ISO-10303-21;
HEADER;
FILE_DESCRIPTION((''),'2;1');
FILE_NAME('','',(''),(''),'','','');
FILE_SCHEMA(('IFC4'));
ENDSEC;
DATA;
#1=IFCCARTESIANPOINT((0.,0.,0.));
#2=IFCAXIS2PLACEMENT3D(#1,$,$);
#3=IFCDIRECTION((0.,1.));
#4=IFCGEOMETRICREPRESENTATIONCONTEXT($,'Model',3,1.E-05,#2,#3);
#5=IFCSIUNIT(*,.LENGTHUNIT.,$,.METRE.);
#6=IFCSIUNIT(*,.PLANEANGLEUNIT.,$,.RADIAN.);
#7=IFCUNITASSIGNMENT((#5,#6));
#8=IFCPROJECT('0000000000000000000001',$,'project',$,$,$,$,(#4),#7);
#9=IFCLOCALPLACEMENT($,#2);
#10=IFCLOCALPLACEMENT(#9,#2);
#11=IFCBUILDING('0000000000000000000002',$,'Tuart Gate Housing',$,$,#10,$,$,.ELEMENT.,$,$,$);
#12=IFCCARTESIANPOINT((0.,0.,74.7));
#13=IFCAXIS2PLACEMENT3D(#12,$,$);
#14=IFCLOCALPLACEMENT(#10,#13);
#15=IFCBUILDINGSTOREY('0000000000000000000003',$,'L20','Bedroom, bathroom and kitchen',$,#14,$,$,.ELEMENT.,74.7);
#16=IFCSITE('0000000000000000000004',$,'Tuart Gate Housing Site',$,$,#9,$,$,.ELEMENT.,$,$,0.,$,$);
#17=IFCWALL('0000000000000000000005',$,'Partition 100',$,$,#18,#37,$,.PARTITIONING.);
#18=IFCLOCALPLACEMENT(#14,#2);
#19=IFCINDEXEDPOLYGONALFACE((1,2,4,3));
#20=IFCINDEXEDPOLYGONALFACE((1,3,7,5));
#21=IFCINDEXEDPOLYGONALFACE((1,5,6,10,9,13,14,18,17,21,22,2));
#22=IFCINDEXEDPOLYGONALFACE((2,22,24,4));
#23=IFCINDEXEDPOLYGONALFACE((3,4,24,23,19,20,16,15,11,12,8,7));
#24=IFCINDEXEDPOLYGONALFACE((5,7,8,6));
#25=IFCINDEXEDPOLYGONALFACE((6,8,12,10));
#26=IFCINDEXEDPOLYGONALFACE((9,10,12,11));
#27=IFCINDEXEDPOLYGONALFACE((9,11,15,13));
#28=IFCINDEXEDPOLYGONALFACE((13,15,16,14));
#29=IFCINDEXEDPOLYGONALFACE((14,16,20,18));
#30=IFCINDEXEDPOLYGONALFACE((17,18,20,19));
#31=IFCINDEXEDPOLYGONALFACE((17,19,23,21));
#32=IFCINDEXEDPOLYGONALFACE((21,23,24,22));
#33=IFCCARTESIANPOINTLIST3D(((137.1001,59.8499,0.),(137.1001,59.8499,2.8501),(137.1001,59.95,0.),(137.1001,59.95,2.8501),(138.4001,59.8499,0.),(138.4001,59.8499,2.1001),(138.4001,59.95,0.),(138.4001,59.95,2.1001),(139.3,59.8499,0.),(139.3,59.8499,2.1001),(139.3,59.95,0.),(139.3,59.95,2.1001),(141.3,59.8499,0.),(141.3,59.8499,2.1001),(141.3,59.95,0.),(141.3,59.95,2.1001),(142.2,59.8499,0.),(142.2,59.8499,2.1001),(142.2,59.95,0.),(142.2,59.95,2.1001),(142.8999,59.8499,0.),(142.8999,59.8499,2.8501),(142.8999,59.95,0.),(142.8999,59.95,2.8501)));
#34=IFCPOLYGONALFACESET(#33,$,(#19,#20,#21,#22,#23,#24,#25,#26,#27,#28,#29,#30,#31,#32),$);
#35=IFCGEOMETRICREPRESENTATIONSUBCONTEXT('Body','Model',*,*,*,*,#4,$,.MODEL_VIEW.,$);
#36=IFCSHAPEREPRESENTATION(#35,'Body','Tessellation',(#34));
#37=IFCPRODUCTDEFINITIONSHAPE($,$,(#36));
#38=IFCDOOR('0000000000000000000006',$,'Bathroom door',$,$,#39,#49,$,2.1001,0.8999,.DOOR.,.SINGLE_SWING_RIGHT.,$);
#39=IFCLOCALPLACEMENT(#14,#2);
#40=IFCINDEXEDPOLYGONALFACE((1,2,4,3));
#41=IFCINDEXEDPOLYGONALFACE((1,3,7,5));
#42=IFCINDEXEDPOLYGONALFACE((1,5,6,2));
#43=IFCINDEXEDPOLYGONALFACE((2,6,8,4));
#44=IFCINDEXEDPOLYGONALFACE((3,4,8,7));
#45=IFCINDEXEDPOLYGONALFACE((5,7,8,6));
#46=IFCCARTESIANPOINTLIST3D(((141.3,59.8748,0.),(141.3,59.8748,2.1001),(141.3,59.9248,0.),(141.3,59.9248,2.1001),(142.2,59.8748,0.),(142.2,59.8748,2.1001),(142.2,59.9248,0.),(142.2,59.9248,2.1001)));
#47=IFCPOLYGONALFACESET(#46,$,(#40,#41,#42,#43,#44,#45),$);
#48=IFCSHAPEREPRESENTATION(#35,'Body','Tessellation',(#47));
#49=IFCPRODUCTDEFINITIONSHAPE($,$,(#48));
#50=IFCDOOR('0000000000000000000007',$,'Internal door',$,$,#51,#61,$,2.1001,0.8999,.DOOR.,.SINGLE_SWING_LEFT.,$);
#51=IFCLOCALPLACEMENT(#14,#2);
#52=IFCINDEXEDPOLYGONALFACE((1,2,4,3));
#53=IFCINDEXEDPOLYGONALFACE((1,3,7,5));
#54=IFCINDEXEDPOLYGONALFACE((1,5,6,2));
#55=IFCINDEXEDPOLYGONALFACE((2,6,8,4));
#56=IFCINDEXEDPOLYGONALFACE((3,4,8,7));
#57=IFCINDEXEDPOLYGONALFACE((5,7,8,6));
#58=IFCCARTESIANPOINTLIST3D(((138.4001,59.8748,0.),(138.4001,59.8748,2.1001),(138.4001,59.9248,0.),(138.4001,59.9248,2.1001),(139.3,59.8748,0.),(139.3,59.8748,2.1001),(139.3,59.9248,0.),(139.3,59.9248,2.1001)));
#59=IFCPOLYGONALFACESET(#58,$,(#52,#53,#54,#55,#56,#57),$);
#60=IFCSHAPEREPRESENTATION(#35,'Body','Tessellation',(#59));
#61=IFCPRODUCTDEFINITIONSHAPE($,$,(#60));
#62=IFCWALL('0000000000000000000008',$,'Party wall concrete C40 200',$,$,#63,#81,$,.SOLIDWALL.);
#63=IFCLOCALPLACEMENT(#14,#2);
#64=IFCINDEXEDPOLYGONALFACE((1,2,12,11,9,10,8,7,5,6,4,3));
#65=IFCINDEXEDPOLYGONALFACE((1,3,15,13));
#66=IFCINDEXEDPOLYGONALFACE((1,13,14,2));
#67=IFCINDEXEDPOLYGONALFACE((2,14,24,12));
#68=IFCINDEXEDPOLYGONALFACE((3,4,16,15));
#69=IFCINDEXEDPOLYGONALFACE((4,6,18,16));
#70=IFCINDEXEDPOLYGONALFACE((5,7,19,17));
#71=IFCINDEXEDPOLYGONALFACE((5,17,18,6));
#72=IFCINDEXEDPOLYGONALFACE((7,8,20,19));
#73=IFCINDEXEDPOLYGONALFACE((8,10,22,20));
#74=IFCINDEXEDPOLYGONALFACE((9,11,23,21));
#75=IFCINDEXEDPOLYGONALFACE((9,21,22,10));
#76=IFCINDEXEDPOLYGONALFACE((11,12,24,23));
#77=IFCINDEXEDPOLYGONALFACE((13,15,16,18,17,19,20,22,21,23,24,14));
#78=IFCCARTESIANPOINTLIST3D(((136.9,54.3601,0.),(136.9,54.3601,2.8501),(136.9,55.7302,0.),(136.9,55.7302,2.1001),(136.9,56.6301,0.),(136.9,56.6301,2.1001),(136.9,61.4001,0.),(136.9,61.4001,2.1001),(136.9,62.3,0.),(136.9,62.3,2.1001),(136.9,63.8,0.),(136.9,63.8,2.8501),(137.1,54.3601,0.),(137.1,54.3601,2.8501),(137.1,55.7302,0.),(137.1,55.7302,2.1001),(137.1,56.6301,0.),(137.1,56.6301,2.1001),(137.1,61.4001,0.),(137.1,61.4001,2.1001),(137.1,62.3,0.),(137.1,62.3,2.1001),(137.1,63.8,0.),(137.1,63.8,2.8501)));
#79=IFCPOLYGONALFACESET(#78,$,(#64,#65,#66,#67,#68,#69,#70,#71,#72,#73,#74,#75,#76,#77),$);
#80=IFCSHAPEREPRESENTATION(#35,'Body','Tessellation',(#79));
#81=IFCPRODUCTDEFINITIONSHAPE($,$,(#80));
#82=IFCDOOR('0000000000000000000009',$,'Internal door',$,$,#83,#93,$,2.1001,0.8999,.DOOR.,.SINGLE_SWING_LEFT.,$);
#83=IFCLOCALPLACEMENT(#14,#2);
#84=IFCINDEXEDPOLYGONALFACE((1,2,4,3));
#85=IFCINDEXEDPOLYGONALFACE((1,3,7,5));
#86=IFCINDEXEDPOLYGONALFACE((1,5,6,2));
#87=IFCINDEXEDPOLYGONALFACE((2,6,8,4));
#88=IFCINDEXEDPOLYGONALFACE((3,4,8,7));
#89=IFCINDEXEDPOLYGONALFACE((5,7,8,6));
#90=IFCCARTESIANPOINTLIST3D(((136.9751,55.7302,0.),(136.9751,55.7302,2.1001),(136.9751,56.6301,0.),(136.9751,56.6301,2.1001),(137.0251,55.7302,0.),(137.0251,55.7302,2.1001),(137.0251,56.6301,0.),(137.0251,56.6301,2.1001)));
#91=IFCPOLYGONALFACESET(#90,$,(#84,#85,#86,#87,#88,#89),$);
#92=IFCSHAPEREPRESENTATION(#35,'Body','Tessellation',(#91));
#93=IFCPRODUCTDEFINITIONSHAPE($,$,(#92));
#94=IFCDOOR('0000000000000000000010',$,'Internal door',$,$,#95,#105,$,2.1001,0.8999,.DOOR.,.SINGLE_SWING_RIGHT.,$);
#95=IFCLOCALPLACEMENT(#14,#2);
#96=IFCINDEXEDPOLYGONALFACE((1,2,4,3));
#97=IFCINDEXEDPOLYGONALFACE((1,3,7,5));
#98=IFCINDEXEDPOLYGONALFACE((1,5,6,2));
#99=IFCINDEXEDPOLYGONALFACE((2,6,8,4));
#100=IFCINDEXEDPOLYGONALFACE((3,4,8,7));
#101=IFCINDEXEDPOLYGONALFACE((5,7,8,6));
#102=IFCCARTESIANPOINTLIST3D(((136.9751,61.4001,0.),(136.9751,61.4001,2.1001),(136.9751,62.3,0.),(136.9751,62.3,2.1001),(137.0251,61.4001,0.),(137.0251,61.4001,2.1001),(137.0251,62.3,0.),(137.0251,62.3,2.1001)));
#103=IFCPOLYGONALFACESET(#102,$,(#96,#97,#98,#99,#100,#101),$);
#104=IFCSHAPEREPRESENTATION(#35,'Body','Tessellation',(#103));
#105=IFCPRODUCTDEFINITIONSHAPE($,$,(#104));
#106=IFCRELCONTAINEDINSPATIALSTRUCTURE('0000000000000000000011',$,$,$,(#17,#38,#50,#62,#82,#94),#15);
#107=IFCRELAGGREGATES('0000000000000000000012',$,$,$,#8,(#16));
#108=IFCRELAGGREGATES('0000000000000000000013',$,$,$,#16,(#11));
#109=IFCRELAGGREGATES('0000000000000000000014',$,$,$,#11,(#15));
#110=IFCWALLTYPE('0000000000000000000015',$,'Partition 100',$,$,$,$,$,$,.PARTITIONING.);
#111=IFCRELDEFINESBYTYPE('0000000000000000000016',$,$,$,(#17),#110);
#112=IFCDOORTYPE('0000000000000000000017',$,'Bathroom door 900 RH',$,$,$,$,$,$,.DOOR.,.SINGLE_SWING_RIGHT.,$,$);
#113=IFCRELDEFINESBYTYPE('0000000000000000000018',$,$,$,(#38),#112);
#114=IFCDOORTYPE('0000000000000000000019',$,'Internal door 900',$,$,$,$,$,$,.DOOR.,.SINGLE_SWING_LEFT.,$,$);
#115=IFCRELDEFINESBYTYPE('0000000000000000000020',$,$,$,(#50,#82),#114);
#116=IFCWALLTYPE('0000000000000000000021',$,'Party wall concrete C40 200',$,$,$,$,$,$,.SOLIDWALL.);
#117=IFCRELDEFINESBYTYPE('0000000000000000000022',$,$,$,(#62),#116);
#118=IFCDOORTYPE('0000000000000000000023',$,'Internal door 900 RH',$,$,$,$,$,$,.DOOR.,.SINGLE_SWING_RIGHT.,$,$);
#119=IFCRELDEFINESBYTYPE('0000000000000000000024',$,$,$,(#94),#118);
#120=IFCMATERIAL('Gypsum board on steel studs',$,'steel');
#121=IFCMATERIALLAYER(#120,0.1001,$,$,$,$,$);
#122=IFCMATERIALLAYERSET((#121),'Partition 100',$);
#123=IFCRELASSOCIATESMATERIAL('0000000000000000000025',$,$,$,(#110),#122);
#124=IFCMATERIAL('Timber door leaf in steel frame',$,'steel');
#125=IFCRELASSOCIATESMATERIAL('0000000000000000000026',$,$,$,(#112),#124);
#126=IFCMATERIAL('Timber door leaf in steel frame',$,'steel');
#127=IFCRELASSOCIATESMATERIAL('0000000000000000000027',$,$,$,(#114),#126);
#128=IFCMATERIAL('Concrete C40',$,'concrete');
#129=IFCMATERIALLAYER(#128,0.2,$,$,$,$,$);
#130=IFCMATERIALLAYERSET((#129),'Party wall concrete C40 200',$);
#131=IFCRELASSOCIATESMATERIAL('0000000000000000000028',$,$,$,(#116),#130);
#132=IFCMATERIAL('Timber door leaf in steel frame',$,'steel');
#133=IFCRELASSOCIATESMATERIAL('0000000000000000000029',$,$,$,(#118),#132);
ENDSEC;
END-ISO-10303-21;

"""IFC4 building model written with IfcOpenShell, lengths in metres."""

from ifc_helpers import new_model, si_unit, direction, frame, frame_2d, origin, place, context, subcontext, project, spatial, rectangle, extrude, material, layer, layer_set, type_object, element, fill, save


model = new_model("IFC4")

# Units and contexts
model_context = context("Model", 3, precision=1e-05, world=origin(), true_north=direction((0.0, 1.0)))
body_context = subcontext(model_context, "Body", "Model", "MODEL_VIEW")
ifc_project = project(units=[si_unit("LENGTHUNIT", "METRE"), si_unit("PLANEANGLEUNIT", "RADIAN")], contexts=[model_context])

# Site, building, storey
site_placement = place(None, origin())
site = spatial("IfcSite", under=ifc_project, at=site_placement, Name="Tuart Gate Housing Site", CompositionType="ELEMENT", RefElevation=0.0)
building_placement = place(site_placement, origin())
building = spatial("IfcBuilding", under=site, at=building_placement, Name="Tuart Gate Housing", CompositionType="ELEMENT")
storey_placement = place(building_placement, frame((0.0, 0.0, 74.7)))
storey = spatial("IfcBuildingStorey", under=building, at=storey_placement, Name="L20", Description="Bedroom, bathroom and kitchen", CompositionType="ELEMENT", Elevation=74.7)

# Walls, openings, doors
ifc_material_1 = material(Name="Gypsum board on steel studs", Category="steel")
ifc_layer_1 = layer(ifc_material_1, 0.1001)
ifc_layer_set_1 = layer_set([ifc_layer_1], Name="Partition 100")
wall_type_1 = type_object("IfcWallType", Name="Partition 100", PredefinedType="PARTITIONING", material=ifc_layer_set_1)
wall_1_placement = place(storey_placement, frame((137.1001, 59.8999, 0.0), z_axis=(0.0, 0.0, 1.0), x_axis=(1.0, 0.0, 0.0)))
wall_1 = element("IfcWall", 1, at=wall_1_placement, inside=storey, type_object=wall_type_1, Name="Partition 100", PredefinedType="PARTITIONING", context=body_context, shape_type="SweptSolid", body=[
    extrude(rectangle(XDim=5.7998, YDim=0.1001, at=frame_2d((2.8999, 0.0))), origin(), (0.0, 0.0, 1.0), 2.8501),
])
opening_1_placement = place(wall_1_placement, frame((1.3, 0.0, 0.0)))
opening_1 = element("IfcOpeningElement", 2, at=opening_1_placement, cuts=wall_1, PredefinedType="OPENING", context=body_context, shape_type="SweptSolid", body=[
    extrude(rectangle(XDim=0.8999, YDim=2.1001, at=frame_2d((0.45, 1.05))), frame((0.0, 0.0601, 0.0), z_axis=(0.0, -1.0, 0.0), x_axis=(1.0, 0.0, 0.0)), (0.0, 0.0, 1.0), 0.1201),
])
opening_2_placement = place(wall_1_placement, frame((4.2, 0.0, 0.0)))
opening_2 = element("IfcOpeningElement", 3, at=opening_2_placement, cuts=wall_1, PredefinedType="OPENING", context=body_context, shape_type="SweptSolid", body=[
    extrude(rectangle(XDim=0.8999, YDim=2.1001, at=frame_2d((0.45, 1.05))), frame((0.0, 0.0601, 0.0), z_axis=(0.0, -1.0, 0.0), x_axis=(1.0, 0.0, 0.0)), (0.0, 0.0, 1.0), 0.1201),
])
ifc_material_2 = material(Name="Timber door leaf in steel frame", Category="steel")
door_type_1 = type_object("IfcDoorType", Name="Bathroom door 900 RH", OperationType="SINGLE_SWING_RIGHT", PredefinedType="DOOR", material=ifc_material_2)
door_1_placement = place(opening_2_placement, frame((0.8999, 0.0, 0.0), z_axis=(0.0, 0.0, 1.0), x_axis=(-1.0, 0.0, 0.0)))
door_1 = element("IfcDoor", 4, at=door_1_placement, inside=storey, type_object=door_type_1, Name="Bathroom door", OperationType="SINGLE_SWING_RIGHT", OverallHeight=2.1001, OverallWidth=0.8999, PredefinedType="DOOR", context=body_context, shape_type="SweptSolid", body=[
    extrude(rectangle(XDim=0.8999, YDim=2.1001, at=frame_2d((0.45, 1.05))), frame((0.0, 0.0251, 0.0), z_axis=(0.0, -1.0, 0.0), x_axis=(1.0, 0.0, 0.0)), (0.0, 0.0, 1.0), 0.05),
])
fill(opening_2, door_1)
ifc_material_3 = material(Name="Timber door leaf in steel frame", Category="steel")
door_type_2 = type_object("IfcDoorType", Name="Internal door 900", OperationType="SINGLE_SWING_LEFT", PredefinedType="DOOR", material=ifc_material_3)
door_2_placement = place(opening_1_placement, origin())
door_2 = element("IfcDoor", 5, at=door_2_placement, inside=storey, type_object=door_type_2, Name="Internal door", OperationType="SINGLE_SWING_LEFT", OverallHeight=2.1001, OverallWidth=0.8999, PredefinedType="DOOR", context=body_context, shape_type="SweptSolid", body=[
    extrude(rectangle(XDim=0.8999, YDim=2.1001, at=frame_2d((0.45, 1.05))), frame((0.0, 0.0249, 0.0), z_axis=(0.0, -1.0, 0.0), x_axis=(1.0, 0.0, 0.0)), (0.0, 0.0, 1.0), 0.05),
])
fill(opening_1, door_2)
ifc_material_4 = material(Name="Concrete C40", Category="concrete")
ifc_layer_2 = layer(ifc_material_4, 0.2)
ifc_layer_set_2 = layer_set([ifc_layer_2], Name="Party wall concrete C40 200")
wall_type_2 = type_object("IfcWallType", Name="Party wall concrete C40 200", PredefinedType="SOLIDWALL", material=ifc_layer_set_2)
wall_2_placement = place(storey_placement, frame((137.0, 54.3601, 0.0), z_axis=(0.0, 0.0, 1.0), x_axis=(0.0, 1.0, 0.0)))
wall_2 = element("IfcWall", 6, at=wall_2_placement, inside=storey, type_object=wall_type_2, Name="Party wall concrete C40 200", PredefinedType="SOLIDWALL", context=body_context, shape_type="SweptSolid", body=[
    extrude(rectangle(XDim=9.4399, YDim=0.2, at=frame_2d((4.72, 0.0))), origin(), (0.0, 0.0, 1.0), 2.8501),
])
opening_3_placement = place(wall_2_placement, frame((1.3701, 0.0, 0.0)))
opening_3 = element("IfcOpeningElement", 7, at=opening_3_placement, cuts=wall_2, PredefinedType="OPENING", context=body_context, shape_type="SweptSolid", body=[
    extrude(rectangle(XDim=0.8999, YDim=2.1001, at=frame_2d((0.45, 1.05))), frame((0.0, 0.1099, 0.0), z_axis=(0.0, -1.0, 0.0), x_axis=(1.0, 0.0, 0.0)), (0.0, 0.0, 1.0), 0.22),
])
opening_4_placement = place(wall_2_placement, frame((7.04, 0.0, 0.0)))
opening_4 = element("IfcOpeningElement", 8, at=opening_4_placement, cuts=wall_2, PredefinedType="OPENING", context=body_context, shape_type="SweptSolid", body=[
    extrude(rectangle(XDim=0.8999, YDim=2.1001, at=frame_2d((0.45, 1.05))), frame((0.0, 0.1099, 0.0), z_axis=(0.0, -1.0, 0.0), x_axis=(1.0, 0.0, 0.0)), (0.0, 0.0, 1.0), 0.22),
])
door_3_placement = place(opening_3_placement, origin())
door_3 = element("IfcDoor", 9, at=door_3_placement, inside=storey, type_object=door_type_2, Name="Internal door", OperationType="SINGLE_SWING_LEFT", OverallHeight=2.1001, OverallWidth=0.8999, PredefinedType="DOOR", context=body_context, shape_type="SweptSolid", body=[
    extrude(rectangle(XDim=0.8999, YDim=2.1001, at=frame_2d((0.45, 1.05))), frame((0.0, 0.0249, 0.0), z_axis=(0.0, -1.0, 0.0), x_axis=(1.0, 0.0, 0.0)), (0.0, 0.0, 1.0), 0.05),
])
fill(opening_3, door_3)
ifc_material_5 = material(Name="Timber door leaf in steel frame", Category="steel")
door_type_3 = type_object("IfcDoorType", Name="Internal door 900 RH", OperationType="SINGLE_SWING_RIGHT", PredefinedType="DOOR", material=ifc_material_5)
door_4_placement = place(opening_4_placement, origin())
door_4 = element("IfcDoor", 10, at=door_4_placement, inside=storey, type_object=door_type_3, Name="Internal door", OperationType="SINGLE_SWING_RIGHT", OverallHeight=2.1001, OverallWidth=0.8999, PredefinedType="DOOR", context=body_context, shape_type="SweptSolid", body=[
    extrude(rectangle(XDim=0.8999, YDim=2.1001, at=frame_2d((0.45, 1.05))), frame((0.0, 0.0249, 0.0), z_axis=(0.0, -1.0, 0.0), x_axis=(1.0, 0.0, 0.0)), (0.0, 0.0, 1.0), 0.05),
])
fill(opening_4, door_4)

save(model, "model.ifc")
